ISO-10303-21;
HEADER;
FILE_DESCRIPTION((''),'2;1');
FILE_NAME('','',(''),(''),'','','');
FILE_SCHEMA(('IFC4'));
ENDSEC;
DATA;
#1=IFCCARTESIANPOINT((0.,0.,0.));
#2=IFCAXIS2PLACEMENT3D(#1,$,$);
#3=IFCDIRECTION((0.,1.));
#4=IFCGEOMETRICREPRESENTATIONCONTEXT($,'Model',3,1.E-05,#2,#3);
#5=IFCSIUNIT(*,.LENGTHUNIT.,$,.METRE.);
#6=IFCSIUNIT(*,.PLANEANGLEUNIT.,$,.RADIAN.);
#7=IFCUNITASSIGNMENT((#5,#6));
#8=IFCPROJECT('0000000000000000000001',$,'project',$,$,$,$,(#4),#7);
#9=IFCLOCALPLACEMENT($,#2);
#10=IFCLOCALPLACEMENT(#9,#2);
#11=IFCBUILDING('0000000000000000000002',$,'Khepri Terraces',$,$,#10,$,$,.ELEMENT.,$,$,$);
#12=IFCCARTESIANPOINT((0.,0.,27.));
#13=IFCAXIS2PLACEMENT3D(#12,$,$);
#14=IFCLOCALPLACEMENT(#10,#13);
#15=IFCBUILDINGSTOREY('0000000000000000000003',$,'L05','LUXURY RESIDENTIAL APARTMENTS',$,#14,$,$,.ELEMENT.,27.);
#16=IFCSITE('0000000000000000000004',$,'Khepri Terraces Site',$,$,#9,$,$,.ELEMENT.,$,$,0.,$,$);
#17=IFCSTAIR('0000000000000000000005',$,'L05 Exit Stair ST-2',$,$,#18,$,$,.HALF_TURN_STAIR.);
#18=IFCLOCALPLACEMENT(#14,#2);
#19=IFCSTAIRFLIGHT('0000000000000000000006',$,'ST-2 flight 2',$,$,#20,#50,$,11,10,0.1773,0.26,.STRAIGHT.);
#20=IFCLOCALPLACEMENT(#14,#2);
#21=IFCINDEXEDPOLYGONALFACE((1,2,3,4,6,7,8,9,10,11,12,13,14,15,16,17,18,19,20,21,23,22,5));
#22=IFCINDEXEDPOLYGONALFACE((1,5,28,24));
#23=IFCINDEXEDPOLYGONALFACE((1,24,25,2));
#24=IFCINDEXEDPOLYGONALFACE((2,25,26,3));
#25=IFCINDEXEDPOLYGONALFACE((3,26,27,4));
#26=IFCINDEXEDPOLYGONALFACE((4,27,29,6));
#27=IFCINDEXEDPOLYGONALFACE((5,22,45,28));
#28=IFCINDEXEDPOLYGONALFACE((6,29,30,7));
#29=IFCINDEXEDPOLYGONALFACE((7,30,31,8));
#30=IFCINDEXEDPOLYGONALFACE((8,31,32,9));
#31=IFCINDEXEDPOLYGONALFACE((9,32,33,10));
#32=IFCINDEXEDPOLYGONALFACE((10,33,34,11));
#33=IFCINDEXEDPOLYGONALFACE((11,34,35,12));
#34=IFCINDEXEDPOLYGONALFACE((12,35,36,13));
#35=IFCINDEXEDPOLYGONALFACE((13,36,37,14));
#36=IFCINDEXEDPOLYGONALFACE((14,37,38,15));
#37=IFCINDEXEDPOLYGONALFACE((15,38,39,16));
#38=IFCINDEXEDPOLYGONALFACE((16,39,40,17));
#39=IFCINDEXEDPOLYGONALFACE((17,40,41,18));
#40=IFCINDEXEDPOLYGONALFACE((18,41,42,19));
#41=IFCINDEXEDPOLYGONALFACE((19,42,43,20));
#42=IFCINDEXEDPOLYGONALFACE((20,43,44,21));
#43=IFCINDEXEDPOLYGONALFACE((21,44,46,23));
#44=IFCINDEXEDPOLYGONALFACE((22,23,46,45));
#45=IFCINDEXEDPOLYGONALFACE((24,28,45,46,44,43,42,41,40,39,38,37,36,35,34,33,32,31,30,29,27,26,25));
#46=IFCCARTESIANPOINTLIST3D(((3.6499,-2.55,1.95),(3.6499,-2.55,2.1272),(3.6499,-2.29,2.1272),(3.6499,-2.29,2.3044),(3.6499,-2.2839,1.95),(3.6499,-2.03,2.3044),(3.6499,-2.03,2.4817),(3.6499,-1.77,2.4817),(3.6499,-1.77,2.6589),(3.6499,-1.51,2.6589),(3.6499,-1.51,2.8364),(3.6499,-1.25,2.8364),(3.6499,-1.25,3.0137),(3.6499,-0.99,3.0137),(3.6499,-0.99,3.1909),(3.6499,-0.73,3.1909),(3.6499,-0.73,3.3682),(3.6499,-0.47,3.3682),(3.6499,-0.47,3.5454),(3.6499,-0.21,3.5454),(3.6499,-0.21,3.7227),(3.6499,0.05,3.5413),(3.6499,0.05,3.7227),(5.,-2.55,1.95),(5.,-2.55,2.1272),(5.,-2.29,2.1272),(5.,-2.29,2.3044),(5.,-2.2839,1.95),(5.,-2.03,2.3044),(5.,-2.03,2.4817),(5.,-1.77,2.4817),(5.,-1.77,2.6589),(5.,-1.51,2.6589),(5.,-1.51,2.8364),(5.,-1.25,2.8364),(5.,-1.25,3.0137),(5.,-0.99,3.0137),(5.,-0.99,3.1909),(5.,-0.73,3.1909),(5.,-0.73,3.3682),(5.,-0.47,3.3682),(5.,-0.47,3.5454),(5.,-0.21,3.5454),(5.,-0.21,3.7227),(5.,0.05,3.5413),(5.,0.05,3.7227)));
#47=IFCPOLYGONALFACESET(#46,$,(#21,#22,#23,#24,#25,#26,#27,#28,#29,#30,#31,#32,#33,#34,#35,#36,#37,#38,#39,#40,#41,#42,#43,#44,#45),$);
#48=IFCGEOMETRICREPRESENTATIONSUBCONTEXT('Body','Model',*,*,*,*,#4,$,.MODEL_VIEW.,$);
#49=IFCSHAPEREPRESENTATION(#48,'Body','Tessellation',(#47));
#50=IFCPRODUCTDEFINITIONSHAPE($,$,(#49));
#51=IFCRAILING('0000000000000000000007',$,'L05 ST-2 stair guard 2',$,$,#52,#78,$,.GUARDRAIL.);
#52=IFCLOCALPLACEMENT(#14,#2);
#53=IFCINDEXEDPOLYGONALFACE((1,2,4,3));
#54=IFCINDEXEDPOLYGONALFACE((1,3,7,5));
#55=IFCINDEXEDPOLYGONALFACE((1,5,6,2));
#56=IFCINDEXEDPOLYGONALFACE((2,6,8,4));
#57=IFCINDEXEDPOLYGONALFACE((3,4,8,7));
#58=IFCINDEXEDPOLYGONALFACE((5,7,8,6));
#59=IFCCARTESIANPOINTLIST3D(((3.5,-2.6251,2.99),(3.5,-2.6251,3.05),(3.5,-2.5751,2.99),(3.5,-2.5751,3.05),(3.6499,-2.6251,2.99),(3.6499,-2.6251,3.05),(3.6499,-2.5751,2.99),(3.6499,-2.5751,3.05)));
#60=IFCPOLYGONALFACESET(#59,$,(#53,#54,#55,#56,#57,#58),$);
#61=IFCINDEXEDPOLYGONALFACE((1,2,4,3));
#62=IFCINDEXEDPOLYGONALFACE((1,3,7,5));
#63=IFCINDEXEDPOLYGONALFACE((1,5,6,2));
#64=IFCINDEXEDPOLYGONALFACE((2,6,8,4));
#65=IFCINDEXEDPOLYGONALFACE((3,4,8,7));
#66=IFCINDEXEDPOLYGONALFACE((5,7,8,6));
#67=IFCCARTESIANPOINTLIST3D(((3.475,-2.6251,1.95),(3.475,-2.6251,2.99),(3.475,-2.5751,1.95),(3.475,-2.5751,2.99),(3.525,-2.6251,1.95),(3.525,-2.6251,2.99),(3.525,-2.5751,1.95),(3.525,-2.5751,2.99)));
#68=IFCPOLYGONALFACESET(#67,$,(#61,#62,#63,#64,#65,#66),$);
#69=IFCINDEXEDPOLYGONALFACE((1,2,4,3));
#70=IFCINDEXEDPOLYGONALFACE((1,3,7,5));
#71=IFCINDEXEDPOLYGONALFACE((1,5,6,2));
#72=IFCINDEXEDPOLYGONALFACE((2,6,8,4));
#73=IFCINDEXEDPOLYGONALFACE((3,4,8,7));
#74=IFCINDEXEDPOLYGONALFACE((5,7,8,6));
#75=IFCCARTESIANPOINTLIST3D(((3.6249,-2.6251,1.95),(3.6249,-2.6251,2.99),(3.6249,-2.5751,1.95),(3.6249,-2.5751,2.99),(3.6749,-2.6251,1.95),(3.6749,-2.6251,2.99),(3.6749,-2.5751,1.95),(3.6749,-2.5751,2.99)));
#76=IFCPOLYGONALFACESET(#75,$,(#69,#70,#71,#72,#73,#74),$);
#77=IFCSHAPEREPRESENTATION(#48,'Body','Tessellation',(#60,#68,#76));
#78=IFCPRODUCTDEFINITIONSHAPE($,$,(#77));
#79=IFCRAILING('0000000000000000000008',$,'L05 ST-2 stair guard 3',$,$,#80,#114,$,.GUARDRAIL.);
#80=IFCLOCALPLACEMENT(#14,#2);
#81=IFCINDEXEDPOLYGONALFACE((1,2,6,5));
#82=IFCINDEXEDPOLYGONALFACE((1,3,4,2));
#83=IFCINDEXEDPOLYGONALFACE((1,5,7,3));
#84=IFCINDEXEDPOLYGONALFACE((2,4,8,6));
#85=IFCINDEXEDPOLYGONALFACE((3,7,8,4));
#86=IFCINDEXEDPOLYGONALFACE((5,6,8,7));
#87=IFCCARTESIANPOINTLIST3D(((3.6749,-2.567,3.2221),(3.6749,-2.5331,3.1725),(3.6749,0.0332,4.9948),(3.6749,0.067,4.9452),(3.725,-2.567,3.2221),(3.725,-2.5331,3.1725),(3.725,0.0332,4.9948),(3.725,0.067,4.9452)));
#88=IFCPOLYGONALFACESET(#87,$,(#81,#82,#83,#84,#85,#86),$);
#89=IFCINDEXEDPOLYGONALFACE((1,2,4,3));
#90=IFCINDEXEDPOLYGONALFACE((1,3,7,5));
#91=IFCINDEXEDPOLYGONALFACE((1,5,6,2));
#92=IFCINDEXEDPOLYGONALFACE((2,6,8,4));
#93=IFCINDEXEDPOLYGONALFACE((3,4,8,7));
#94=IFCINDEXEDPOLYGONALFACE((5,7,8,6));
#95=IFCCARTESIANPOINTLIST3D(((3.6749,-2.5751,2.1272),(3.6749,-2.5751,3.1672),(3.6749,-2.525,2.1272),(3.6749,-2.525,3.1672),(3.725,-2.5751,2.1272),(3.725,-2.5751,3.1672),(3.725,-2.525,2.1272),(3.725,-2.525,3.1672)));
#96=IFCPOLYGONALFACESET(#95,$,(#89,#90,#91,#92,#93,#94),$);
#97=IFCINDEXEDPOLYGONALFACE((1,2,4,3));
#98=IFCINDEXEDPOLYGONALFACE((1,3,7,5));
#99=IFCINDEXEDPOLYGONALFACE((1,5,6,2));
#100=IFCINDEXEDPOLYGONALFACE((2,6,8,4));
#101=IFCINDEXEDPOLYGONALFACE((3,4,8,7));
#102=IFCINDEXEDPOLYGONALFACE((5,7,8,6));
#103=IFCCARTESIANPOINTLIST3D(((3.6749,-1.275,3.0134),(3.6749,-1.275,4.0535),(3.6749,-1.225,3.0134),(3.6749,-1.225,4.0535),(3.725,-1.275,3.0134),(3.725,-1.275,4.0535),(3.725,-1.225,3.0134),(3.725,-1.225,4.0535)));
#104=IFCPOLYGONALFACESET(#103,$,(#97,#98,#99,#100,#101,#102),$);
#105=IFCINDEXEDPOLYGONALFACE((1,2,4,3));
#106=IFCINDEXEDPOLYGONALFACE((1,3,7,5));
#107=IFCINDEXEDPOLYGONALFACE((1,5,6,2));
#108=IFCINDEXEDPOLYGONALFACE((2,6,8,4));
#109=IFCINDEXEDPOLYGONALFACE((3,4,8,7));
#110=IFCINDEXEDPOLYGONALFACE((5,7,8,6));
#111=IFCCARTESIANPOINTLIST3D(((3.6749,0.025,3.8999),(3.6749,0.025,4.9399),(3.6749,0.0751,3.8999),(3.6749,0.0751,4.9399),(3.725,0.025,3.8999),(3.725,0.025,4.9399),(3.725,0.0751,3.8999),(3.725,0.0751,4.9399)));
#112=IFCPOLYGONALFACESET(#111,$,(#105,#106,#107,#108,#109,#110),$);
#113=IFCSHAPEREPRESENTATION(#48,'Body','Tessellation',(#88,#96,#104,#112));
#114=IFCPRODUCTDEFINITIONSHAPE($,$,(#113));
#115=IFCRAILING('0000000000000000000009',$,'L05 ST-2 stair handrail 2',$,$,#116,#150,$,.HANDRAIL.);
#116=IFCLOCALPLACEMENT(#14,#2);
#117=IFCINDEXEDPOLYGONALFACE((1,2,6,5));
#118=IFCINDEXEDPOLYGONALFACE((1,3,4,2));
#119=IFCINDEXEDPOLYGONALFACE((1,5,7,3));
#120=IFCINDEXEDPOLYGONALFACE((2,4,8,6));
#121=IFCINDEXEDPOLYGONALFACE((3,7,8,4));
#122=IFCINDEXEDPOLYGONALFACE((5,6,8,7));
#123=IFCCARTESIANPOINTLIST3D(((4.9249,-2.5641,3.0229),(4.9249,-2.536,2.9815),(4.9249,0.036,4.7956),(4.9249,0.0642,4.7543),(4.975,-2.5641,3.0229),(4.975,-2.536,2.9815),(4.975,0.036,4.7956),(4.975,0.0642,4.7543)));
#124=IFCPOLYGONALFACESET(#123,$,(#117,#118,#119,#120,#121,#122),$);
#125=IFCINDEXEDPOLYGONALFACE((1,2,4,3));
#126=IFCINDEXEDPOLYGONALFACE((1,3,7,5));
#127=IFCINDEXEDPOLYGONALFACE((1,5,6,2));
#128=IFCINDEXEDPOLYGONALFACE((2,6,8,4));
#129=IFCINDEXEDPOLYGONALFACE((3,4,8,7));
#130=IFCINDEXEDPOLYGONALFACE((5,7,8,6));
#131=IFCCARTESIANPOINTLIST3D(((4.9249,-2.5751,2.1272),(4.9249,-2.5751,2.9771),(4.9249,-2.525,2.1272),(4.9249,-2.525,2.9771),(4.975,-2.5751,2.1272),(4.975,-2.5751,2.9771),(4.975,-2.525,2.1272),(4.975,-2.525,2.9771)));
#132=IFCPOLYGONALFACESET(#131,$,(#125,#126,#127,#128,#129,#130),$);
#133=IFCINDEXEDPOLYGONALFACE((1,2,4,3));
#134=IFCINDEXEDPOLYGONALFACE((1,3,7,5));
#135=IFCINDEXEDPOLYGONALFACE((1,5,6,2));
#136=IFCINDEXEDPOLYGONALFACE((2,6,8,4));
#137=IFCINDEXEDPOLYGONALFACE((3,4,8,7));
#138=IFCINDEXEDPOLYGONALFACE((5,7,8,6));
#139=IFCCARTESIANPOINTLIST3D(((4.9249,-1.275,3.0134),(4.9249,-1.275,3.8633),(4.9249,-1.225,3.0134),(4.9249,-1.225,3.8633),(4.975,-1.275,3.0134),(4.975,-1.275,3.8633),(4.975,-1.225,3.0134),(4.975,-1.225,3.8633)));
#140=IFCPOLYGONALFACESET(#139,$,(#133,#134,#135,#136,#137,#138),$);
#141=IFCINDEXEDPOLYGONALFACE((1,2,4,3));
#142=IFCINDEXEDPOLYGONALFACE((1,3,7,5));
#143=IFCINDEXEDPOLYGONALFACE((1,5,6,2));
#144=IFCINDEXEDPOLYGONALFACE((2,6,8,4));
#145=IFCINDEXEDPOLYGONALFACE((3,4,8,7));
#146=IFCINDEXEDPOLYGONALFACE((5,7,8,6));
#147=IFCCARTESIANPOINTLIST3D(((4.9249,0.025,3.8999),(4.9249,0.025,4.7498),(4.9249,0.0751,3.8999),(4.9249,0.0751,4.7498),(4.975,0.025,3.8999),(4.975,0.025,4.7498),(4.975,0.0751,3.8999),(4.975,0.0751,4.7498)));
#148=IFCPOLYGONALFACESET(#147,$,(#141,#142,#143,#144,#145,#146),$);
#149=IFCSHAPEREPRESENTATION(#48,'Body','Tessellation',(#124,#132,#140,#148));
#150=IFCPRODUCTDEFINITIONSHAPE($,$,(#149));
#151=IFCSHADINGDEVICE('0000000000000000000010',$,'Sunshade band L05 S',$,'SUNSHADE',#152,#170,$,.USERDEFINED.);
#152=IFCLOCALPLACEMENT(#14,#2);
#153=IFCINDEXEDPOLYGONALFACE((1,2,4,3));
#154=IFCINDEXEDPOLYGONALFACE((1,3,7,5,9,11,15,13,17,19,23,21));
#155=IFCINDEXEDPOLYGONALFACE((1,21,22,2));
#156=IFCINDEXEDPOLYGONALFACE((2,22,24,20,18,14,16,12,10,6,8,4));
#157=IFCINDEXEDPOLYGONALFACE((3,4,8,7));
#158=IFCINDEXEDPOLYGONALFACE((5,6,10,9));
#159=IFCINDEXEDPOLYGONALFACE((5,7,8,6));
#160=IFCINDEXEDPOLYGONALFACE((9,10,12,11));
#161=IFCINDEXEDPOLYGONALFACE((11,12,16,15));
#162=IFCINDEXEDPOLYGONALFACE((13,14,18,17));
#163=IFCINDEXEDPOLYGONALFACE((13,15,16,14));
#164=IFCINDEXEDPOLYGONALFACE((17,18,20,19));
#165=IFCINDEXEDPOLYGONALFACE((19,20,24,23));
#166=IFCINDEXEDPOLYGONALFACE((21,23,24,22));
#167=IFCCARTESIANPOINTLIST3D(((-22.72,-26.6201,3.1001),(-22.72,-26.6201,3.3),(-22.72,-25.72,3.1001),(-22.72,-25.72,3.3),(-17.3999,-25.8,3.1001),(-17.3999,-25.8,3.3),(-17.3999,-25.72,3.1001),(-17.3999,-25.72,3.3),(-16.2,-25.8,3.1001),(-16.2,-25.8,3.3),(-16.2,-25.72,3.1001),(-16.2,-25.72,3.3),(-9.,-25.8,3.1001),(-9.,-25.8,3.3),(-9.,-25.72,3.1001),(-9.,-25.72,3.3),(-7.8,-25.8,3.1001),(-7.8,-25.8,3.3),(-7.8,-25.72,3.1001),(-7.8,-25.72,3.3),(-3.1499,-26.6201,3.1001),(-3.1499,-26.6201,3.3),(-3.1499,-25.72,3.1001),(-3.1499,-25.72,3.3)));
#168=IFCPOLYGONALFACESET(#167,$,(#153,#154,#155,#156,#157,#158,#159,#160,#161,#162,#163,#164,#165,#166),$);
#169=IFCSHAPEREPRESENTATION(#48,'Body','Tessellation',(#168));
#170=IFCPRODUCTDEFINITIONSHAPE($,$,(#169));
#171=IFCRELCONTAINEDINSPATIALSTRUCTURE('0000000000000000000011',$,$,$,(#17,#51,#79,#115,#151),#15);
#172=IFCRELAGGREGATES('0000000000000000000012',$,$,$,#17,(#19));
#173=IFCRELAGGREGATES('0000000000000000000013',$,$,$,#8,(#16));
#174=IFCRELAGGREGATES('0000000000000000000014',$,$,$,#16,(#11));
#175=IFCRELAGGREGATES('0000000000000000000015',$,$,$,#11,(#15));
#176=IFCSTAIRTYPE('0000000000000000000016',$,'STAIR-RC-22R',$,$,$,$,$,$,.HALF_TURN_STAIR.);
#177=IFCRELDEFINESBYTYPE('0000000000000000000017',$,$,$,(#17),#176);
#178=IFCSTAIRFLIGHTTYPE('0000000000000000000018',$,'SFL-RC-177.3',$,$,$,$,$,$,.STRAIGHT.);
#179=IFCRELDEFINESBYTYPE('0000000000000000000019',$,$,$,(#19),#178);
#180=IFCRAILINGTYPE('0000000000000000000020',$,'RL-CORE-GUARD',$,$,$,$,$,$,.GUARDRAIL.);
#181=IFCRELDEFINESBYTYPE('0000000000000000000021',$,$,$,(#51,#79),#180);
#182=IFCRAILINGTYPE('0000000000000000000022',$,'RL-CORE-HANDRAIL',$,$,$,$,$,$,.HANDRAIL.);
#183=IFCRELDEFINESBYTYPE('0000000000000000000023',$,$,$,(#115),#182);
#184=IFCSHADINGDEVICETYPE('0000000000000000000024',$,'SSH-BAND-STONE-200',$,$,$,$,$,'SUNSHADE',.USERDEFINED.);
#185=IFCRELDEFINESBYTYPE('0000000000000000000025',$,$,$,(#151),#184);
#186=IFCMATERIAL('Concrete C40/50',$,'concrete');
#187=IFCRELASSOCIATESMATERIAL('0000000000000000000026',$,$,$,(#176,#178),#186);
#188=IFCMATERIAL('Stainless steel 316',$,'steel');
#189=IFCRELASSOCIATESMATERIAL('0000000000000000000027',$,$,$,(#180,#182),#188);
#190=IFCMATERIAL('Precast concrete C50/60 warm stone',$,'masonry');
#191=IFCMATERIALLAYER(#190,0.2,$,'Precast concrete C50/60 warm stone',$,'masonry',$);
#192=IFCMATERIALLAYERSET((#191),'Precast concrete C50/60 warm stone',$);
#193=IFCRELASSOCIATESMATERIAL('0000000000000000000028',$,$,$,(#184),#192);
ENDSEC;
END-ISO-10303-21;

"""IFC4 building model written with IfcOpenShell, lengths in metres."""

from ifc_helpers import new_model, si_unit, direction, frame, origin, origin_2d, place, context, subcontext, project, spatial, polyline, rectangle, outline, extrude, material, layer, layer_set, type_object, element, aggregate, save


model = new_model("IFC4")

# Units and contexts
model_context = context("Model", 3, precision=1e-05, world=origin(), true_north=direction((0.0, 1.0)))
body_context = subcontext(model_context, "Body", "Model", "MODEL_VIEW")
ifc_project = project(units=[si_unit("LENGTHUNIT", "METRE"), si_unit("PLANEANGLEUNIT", "RADIAN")], contexts=[model_context])

# Site, building, storey
site_placement = place(None, origin())
site = spatial("IfcSite", under=ifc_project, at=site_placement, Name="Khepri Terraces Site", CompositionType="ELEMENT", RefElevation=0.0)
building_placement = place(site_placement, origin())
building = spatial("IfcBuilding", under=site, at=building_placement, Name="Khepri Terraces", CompositionType="ELEMENT")
storey_placement = place(building_placement, frame((0.0, 0.0, 27.0)))
storey = spatial("IfcBuildingStorey", under=building, at=storey_placement, Name="L05", Description="LUXURY RESIDENTIAL APARTMENTS", CompositionType="ELEMENT", Elevation=27.0)

# Shared definitions
ifc_material_1 = material(Name="Concrete C40/50", Category="concrete")

# Stair, stair flight
stair_type = type_object("IfcStairType", Name="STAIR-RC-22R", PredefinedType="HALF_TURN_STAIR", material=ifc_material_1)
stair_placement = place(storey_placement, origin())
stair = element("IfcStair", 1, at=stair_placement, inside=storey, type_object=stair_type, Name="L05 Exit Stair ST-2", PredefinedType="HALF_TURN_STAIR")
stair_flight_type = type_object("IfcStairFlightType", Name="SFL-RC-177.3", PredefinedType="STRAIGHT", material=ifc_material_1)
stair_flight_placement = place(storey_placement, frame((4.325, -2.55, 1.95), z_axis=(0.0, 0.0, 1.0), x_axis=(0.0, 1.0, 0.0)))
stair_flight = element("IfcStairFlight", 2, at=stair_flight_placement, type_object=stair_flight_type, Name="ST-2 flight 2", NumberOfRisers=11, NumberOfTreads=10, PredefinedType="STRAIGHT", RiserHeight=0.1773, TreadLength=0.26, context=body_context, shape_type="SweptSolid", body=[
    extrude(outline(polyline([(0.0, 0.0), (0.0, 0.1772), (0.26, 0.1772), (0.26, 0.3545), (0.52, 0.3545), (0.52, 0.5317), (0.78, 0.5317), (0.78, 0.709), (1.04, 0.709), (1.04, 0.8865), (1.3, 0.8865), (1.3, 1.0637), (1.5601, 1.0637), (1.5601, 1.241), (1.8201, 1.241), (1.8201, 1.4182), (2.0801, 1.4182), (2.0801, 1.5955), (2.3401, 1.5955), (2.3401, 1.7727), (2.6001, 1.7727), (2.6001, 1.95), (2.6001, 1.5913), (0.2661, 0.0), (0.0, 0.0)])), frame((0.0, 0.675, 0.0), z_axis=(0.0, -1.0, 0.0), x_axis=(1.0, 0.0, 0.0)), (0.0, 0.0, 1.0), 1.3501),
])
aggregate(stair, [stair_flight])

# Railings
ifc_material_2 = material(Name="Stainless steel 316", Category="steel")
railing_type_1 = type_object("IfcRailingType", Name="RL-CORE-GUARD", PredefinedType="GUARDRAIL", material=ifc_material_2)
railing_1_placement = place(storey_placement, frame((3.5, -2.6001, 1.95)))
element("IfcRailing", 3, at=railing_1_placement, inside=storey, type_object=railing_type_1, Name="L05 ST-2 stair guard 2", PredefinedType="GUARDRAIL", context=body_context, shape_type="SweptSolid", body=[
    extrude(rectangle(XDim=0.05, YDim=0.0601, at=origin_2d()), frame((0.0, 0.0, 1.0701), z_axis=(1.0, 0.0, 0.0), x_axis=(0.0, 1.0, 0.0)), (0.0, 0.0, 1.0), 0.1499),
    extrude(rectangle(XDim=0.05, YDim=0.05, at=origin_2d()), origin(), (0.0, 0.0, 1.0), 1.04),
    extrude(rectangle(XDim=0.05, YDim=0.05, at=origin_2d()), frame((0.1499, 0.0, 0.0)), (0.0, 0.0, 1.0), 1.04),
])
railing_2_placement = place(storey_placement, frame((3.7, -2.55, 2.1272)))
element("IfcRailing", 4, at=railing_2_placement, inside=storey, type_object=railing_type_1, Name="L05 ST-2 stair guard 3", PredefinedType="GUARDRAIL", context=body_context, shape_type="SweptSolid", body=[
    extrude(rectangle(XDim=0.05, YDim=0.0601, at=origin_2d()), frame((0.0, 0.0, 1.0701), z_axis=(0.0, 0.82624, 0.563318), x_axis=(-1.0, 0.0, 0.0)), (0.0, 0.0, 1.0), 3.147),
    extrude(rectangle(XDim=0.05, YDim=0.05, at=origin_2d()), origin(), (0.0, 0.0, 1.0), 1.04),
    extrude(rectangle(XDim=0.05, YDim=0.05, at=origin_2d()), frame((0.0, 1.3, 0.8862)), (0.0, 0.0, 1.0), 1.04),
    extrude(rectangle(XDim=0.05, YDim=0.05, at=origin_2d()), frame((0.0, 2.6001, 1.7727)), (0.0, 0.0, 1.0), 1.04),
])
railing_type_2 = type_object("IfcRailingType", Name="RL-CORE-HANDRAIL", PredefinedType="HANDRAIL", material=ifc_material_2)
railing_3_placement = place(storey_placement, frame((4.95, -2.55, 2.1272)))
element("IfcRailing", 5, at=railing_3_placement, inside=storey, type_object=railing_type_2, Name="L05 ST-2 stair handrail 2", PredefinedType="HANDRAIL", context=body_context, shape_type="SweptSolid", body=[
    extrude(rectangle(XDim=0.05, YDim=0.05, at=origin_2d()), frame((0.0, 0.0, 0.875), z_axis=(0.0, 0.82624, 0.563318), x_axis=(-1.0, 0.0, 0.0)), (0.0, 0.0, 1.0), 3.147),
    extrude(rectangle(XDim=0.05, YDim=0.05, at=origin_2d()), origin(), (0.0, 0.0, 1.0), 0.8499),
    extrude(rectangle(XDim=0.05, YDim=0.05, at=origin_2d()), frame((0.0, 1.3, 0.8862)), (0.0, 0.0, 1.0), 0.8499),
    extrude(rectangle(XDim=0.05, YDim=0.05, at=origin_2d()), frame((0.0, 2.6001, 1.7727)), (0.0, 0.0, 1.0), 0.8499),
])

# Shading device
ifc_material_3 = material(Name="Precast concrete C50/60 warm stone", Category="masonry")
ifc_layer_1 = layer(ifc_material_3, 0.2, Name="Precast concrete C50/60 warm stone", Category="masonry")
ifc_layer_set_1 = layer_set([ifc_layer_1], Name="Precast concrete C50/60 warm stone")
shading_device_type = type_object("IfcShadingDeviceType", Name="SSH-BAND-STONE-200", ElementType="SUNSHADE", PredefinedType="USERDEFINED", material=ifc_layer_set_1)
shading_device_placement = place(storey_placement, frame((0.0, 0.0, 3.1001)))
element("IfcShadingDevice", 6, at=shading_device_placement, inside=storey, type_object=shading_device_type, Name="Sunshade band L05 S", ObjectType="SUNSHADE", PredefinedType="USERDEFINED", context=body_context, shape_type="SweptSolid", body=[
    extrude(outline(polyline([(-17.3999, -25.72), (-22.72, -25.72), (-22.72, -26.6201), (-3.1499, -26.6201), (-3.1499, -25.72), (-7.8, -25.72), (-7.8, -25.8), (-9.0, -25.8), (-9.0, -25.72), (-16.2, -25.72), (-16.2, -25.8), (-17.3999, -25.8), (-17.3999, -25.72)])), origin(), (0.0, 0.0, 1.0), 0.2),
])

save(model, "model.ifc")
